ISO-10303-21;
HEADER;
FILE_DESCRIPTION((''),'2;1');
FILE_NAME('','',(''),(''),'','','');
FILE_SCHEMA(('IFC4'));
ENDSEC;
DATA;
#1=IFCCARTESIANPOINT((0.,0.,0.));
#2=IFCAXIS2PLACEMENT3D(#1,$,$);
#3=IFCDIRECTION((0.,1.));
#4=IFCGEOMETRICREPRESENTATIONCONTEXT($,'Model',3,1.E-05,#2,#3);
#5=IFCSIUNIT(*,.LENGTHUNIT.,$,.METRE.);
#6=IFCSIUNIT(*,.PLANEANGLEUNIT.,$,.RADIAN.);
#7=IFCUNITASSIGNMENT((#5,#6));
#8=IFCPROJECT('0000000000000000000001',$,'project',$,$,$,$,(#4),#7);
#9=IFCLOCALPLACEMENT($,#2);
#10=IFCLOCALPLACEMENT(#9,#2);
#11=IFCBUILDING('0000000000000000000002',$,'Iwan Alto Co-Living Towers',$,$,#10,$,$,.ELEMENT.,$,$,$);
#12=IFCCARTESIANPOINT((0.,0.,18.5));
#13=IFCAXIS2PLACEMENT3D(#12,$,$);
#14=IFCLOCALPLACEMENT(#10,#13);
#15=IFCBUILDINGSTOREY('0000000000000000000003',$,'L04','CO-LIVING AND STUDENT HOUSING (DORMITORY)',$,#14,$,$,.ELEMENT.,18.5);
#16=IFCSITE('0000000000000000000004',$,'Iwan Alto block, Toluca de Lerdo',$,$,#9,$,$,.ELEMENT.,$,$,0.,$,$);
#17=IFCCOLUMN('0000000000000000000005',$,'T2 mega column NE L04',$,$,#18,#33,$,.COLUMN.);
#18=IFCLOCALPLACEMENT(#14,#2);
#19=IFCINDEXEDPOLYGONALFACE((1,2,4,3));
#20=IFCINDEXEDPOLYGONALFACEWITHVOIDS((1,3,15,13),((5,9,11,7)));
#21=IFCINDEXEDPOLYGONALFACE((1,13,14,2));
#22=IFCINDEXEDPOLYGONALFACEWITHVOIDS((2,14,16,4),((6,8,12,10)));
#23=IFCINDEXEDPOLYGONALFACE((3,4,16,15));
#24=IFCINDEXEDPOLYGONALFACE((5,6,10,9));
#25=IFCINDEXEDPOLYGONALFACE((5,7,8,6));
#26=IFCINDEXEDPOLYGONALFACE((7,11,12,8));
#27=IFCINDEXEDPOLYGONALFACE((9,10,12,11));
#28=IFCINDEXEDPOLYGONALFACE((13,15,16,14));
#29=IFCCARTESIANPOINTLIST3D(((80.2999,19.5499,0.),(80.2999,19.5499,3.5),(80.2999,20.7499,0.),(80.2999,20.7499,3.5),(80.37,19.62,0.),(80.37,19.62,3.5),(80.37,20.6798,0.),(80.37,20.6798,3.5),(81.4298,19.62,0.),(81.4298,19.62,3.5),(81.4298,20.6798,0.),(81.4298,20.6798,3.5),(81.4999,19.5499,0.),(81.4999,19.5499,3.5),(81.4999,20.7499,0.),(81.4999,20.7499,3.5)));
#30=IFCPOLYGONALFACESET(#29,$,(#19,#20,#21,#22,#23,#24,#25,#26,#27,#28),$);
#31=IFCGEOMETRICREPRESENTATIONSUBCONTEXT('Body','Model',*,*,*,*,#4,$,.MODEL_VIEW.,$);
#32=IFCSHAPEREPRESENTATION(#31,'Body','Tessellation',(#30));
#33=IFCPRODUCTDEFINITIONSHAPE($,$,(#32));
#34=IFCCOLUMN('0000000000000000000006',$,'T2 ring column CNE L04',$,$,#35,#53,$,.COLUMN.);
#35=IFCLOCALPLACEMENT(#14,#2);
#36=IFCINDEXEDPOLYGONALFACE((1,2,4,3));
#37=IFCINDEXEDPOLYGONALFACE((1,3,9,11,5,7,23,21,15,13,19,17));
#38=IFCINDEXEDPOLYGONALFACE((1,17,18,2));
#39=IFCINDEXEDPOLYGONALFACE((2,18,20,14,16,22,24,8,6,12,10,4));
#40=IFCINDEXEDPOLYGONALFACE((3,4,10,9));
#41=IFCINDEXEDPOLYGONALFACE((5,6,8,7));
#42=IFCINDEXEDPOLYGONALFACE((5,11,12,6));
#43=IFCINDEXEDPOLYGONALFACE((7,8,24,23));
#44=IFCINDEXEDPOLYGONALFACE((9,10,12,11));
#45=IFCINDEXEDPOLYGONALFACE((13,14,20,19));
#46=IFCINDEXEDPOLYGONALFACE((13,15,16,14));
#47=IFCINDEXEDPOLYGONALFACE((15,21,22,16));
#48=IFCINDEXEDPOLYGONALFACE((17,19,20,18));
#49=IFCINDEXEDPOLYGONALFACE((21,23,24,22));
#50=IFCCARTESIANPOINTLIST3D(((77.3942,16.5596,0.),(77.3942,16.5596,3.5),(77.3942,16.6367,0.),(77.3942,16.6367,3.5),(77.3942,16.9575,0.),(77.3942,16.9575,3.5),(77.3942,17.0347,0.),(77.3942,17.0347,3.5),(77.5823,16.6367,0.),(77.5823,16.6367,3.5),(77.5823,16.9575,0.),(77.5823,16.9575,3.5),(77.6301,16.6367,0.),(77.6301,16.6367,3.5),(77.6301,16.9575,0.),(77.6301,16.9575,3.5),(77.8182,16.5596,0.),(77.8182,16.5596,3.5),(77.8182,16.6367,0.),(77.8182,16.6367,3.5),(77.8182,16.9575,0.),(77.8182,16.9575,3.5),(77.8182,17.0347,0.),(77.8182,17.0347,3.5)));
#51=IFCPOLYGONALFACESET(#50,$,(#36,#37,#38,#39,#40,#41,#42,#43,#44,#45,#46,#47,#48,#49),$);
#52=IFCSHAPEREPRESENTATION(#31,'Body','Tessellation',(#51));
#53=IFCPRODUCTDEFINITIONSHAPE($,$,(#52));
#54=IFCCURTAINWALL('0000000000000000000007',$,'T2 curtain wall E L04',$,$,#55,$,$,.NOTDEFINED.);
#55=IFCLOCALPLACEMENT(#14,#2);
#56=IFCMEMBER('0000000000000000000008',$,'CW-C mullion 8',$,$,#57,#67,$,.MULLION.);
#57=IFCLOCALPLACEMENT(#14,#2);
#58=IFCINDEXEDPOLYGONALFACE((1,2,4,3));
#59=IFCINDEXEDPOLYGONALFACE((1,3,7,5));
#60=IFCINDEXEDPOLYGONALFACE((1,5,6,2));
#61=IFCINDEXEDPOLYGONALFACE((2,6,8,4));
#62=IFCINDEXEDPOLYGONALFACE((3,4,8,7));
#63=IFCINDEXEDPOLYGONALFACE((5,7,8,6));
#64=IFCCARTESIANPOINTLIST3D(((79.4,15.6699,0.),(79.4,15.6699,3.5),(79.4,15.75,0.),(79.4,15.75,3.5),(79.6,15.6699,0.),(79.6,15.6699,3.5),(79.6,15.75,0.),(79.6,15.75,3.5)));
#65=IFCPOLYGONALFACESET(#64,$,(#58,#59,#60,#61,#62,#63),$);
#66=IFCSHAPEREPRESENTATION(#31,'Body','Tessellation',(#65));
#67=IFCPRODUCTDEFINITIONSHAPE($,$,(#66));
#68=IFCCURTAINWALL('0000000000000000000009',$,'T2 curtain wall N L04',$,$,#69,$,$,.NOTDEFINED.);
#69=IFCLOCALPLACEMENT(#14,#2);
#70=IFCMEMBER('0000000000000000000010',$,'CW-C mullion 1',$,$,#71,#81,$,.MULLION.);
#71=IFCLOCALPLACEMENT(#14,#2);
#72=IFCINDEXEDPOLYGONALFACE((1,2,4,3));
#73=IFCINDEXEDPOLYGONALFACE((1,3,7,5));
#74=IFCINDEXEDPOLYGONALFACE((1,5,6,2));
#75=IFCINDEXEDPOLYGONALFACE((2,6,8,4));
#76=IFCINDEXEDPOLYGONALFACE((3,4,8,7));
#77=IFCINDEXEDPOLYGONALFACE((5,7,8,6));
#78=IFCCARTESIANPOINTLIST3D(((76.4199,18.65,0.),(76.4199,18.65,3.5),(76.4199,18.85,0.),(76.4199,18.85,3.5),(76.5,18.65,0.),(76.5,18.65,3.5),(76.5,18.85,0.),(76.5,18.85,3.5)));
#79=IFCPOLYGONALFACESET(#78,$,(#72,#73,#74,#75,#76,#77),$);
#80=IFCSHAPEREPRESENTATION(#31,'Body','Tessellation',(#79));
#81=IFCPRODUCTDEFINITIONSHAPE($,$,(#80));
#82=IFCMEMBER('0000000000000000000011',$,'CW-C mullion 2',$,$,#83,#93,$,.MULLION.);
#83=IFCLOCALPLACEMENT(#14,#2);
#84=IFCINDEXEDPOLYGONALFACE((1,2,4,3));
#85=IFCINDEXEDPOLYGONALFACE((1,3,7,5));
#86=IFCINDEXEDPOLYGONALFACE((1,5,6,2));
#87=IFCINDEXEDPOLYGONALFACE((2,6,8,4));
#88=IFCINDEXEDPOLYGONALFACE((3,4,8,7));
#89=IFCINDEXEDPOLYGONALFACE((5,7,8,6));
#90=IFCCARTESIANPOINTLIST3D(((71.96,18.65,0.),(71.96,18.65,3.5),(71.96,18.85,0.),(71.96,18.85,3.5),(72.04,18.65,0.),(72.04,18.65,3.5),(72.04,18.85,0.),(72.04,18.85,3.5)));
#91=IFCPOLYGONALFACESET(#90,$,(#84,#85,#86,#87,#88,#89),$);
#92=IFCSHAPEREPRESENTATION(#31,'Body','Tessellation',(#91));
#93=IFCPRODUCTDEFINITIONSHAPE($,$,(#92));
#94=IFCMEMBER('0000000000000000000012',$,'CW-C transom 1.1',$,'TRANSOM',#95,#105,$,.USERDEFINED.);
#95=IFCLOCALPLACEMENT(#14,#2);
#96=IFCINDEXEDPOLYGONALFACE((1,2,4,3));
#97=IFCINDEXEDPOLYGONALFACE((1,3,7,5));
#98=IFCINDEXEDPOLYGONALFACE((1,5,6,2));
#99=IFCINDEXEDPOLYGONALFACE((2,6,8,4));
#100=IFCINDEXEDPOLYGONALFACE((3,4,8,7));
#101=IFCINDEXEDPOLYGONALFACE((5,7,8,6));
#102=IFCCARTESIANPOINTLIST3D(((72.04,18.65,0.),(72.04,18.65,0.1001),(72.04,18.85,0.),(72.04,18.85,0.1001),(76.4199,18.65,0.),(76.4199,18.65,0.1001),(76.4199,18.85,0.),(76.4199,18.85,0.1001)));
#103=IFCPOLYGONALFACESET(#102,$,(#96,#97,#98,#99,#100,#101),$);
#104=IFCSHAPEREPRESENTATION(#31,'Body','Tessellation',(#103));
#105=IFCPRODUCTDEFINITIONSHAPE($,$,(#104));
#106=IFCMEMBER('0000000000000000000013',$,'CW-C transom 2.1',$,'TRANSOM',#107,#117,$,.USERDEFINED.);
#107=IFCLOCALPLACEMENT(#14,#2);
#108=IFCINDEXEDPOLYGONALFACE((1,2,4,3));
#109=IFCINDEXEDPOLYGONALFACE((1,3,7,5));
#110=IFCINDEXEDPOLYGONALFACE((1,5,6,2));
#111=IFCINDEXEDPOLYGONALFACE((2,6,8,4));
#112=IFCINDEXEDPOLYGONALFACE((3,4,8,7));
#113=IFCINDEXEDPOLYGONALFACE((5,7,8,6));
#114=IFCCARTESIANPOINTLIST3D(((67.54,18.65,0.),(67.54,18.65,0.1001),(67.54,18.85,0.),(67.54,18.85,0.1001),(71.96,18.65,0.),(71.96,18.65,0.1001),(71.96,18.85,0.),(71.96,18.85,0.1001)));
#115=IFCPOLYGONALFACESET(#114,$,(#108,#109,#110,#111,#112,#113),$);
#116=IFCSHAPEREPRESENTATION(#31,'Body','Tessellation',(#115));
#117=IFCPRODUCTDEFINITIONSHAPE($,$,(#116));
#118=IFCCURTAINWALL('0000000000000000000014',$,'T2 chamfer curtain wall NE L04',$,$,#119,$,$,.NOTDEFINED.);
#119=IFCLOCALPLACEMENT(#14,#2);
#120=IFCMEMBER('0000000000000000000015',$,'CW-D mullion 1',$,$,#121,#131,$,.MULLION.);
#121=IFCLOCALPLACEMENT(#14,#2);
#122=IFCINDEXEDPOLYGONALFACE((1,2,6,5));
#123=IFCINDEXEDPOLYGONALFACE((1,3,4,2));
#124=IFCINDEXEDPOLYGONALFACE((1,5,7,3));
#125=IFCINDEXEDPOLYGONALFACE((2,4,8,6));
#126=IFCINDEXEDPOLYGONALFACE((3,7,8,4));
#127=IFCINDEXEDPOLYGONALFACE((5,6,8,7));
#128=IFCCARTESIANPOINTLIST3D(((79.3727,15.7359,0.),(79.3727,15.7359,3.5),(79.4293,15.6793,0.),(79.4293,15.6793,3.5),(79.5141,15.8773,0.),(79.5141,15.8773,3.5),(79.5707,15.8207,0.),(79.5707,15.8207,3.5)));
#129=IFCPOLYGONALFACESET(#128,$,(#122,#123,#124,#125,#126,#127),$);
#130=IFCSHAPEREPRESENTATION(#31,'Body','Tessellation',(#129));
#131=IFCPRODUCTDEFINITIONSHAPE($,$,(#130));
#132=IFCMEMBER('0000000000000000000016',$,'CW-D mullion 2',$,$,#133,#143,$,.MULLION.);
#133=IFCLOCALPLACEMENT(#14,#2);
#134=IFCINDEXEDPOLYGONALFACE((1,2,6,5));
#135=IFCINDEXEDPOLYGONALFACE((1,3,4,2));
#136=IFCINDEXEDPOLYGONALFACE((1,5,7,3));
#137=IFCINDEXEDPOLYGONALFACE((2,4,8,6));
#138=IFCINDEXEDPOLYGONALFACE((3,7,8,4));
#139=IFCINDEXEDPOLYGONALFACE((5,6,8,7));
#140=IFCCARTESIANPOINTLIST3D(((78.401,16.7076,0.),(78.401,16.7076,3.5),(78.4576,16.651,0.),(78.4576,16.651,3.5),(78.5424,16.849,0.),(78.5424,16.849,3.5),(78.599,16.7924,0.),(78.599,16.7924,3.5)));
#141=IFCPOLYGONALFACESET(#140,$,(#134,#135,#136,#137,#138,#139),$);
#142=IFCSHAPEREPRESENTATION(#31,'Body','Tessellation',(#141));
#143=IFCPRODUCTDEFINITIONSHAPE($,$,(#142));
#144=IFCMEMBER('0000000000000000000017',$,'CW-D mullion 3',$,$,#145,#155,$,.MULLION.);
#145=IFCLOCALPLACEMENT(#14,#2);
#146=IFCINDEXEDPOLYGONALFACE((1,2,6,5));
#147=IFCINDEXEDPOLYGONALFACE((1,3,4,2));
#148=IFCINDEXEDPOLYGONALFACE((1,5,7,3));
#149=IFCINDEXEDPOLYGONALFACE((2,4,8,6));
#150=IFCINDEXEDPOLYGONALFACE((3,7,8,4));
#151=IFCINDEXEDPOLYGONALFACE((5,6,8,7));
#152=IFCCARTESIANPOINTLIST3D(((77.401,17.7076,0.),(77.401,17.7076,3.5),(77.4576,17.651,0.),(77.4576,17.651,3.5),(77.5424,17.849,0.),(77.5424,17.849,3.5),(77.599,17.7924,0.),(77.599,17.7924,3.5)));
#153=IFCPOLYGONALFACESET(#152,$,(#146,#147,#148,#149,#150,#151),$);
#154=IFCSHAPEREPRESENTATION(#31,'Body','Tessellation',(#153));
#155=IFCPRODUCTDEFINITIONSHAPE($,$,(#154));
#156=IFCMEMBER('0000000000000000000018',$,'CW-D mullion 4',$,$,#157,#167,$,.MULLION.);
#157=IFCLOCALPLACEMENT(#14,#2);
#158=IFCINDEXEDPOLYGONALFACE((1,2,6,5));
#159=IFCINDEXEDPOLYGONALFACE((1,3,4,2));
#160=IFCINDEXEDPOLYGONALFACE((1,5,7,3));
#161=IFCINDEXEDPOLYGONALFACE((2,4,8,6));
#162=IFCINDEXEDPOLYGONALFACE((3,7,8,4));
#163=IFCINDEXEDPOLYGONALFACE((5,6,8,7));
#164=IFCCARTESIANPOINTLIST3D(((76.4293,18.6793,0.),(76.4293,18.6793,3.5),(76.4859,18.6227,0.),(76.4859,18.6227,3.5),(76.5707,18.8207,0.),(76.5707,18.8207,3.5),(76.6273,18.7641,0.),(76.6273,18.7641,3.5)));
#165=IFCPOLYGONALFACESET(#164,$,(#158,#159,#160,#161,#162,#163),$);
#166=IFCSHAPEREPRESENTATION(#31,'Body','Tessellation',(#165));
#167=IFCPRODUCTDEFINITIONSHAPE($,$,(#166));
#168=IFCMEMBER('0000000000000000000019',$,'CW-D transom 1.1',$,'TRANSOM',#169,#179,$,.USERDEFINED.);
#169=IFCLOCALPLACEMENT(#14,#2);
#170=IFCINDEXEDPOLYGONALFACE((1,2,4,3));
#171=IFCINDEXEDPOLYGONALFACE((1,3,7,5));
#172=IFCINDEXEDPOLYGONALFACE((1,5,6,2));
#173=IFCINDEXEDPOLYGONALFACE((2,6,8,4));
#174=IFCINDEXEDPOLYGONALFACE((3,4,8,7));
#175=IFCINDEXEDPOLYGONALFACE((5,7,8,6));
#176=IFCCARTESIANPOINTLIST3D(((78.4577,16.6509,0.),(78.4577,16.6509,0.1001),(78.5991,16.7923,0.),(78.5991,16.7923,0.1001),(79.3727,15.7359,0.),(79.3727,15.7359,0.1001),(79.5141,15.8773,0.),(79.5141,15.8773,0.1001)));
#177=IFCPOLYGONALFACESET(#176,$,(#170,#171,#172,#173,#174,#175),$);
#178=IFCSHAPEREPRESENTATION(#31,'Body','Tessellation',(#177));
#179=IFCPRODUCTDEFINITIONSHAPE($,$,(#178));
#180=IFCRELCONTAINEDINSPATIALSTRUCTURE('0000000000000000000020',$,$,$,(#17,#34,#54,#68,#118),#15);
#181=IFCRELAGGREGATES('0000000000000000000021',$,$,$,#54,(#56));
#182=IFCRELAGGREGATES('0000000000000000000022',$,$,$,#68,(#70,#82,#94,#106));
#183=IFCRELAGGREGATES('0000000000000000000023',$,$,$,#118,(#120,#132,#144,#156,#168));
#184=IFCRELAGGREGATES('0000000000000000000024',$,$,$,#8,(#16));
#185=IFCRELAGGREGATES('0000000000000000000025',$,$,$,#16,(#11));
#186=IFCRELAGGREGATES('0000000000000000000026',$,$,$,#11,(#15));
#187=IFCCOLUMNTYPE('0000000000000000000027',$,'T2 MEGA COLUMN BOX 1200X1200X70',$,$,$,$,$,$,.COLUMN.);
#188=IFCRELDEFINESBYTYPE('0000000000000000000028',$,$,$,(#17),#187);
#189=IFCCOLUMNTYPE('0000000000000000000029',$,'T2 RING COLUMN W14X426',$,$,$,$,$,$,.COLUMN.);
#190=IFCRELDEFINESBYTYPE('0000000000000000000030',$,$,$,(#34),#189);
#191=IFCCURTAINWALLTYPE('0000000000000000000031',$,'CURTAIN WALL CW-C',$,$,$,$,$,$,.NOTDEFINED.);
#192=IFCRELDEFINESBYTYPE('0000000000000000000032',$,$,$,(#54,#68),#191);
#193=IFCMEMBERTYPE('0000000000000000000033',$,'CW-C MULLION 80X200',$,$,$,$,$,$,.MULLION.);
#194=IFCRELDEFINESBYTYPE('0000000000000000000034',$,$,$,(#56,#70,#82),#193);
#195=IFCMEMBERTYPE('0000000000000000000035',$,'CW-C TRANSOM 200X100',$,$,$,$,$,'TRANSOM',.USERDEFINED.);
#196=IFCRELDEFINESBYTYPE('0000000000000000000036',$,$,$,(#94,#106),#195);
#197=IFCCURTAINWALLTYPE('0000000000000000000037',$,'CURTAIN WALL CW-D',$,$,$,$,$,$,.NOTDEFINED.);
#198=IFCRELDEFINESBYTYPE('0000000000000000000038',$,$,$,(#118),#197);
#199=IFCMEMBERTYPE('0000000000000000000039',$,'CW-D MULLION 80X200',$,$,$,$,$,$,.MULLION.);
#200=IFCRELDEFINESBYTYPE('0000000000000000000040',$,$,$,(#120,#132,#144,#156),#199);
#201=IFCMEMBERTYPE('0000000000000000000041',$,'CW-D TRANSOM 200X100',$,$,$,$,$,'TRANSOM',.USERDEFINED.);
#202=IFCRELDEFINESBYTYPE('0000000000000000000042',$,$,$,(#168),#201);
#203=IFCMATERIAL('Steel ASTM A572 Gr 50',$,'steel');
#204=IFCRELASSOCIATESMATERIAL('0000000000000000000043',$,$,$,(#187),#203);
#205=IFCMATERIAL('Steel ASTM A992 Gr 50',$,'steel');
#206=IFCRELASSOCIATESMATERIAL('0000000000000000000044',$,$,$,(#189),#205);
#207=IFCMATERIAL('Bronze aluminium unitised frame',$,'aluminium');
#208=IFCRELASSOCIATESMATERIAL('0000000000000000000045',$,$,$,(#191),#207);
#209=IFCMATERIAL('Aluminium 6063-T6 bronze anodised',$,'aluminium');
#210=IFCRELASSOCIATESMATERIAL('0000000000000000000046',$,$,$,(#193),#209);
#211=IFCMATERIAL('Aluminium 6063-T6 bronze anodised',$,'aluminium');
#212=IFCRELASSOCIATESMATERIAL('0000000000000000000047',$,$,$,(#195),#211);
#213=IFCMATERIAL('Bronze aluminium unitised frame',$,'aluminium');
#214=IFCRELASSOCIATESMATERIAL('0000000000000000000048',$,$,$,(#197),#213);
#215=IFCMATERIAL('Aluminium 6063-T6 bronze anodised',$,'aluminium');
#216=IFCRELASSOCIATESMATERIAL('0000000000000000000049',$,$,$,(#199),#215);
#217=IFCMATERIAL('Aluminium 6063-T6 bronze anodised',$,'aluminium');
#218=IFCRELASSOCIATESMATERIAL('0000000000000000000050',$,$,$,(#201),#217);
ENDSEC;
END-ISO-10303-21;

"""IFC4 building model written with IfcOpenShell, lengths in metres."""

from ifc_helpers import new_model, si_unit, direction, frame, origin, origin_2d, place, context, subcontext, project, spatial, rectangle, hollow_rectangle, i_section, extrude, material, material_profile, profile_set, type_object, element, aggregate, save


model = new_model("IFC4")

# Units and contexts
model_context = context("Model", 3, precision=1e-05, world=origin(), true_north=direction((0.0, 1.0)))
body_context = subcontext(model_context, "Body", "Model", "MODEL_VIEW")
ifc_project = project(units=[si_unit("LENGTHUNIT", "METRE"), si_unit("PLANEANGLEUNIT", "RADIAN")], contexts=[model_context])

# Site, building, storey
site_placement = place(None, origin())
site = spatial("IfcSite", under=ifc_project, at=site_placement, Name="Iwan Alto block, Toluca de Lerdo", CompositionType="ELEMENT", RefElevation=0.0)
building_placement = place(site_placement, origin())
building = spatial("IfcBuilding", under=site, at=building_placement, Name="Iwan Alto Co-Living Towers", CompositionType="ELEMENT")
storey_placement = place(building_placement, frame((0.0, 0.0, 18.5)))
storey = spatial("IfcBuildingStorey", under=building, at=storey_placement, Name="L04", Description="CO-LIVING AND STUDENT HOUSING (DORMITORY)", CompositionType="ELEMENT", Elevation=18.5)

# Columns
ifc_material_1 = material(Name="Steel ASTM A572 Gr 50", Category="steel")
ifc_material_profile_1 = material_profile(ifc_material_1, hollow_rectangle(XDim=1.2, YDim=1.2, WallThickness=0.0701, at=origin_2d()), Name="BOX 1200X1200X70")
ifc_profile_set_1 = profile_set([ifc_material_profile_1], Name="Steel ASTM A572 Gr 50")
column_type_1 = type_object("IfcColumnType", Name="T2 MEGA COLUMN BOX 1200X1200X70", PredefinedType="COLUMN", material=ifc_profile_set_1)
column_1_placement = place(storey_placement, frame((80.8999, 20.1499, 0.0), z_axis=(0.0, 0.0, 1.0), x_axis=(1.0, 0.0, 0.0)))
element("IfcColumn", 1, at=column_1_placement, inside=storey, type_object=column_type_1, Name="T2 mega column NE L04", PredefinedType="COLUMN", context=body_context, shape_type="SweptSolid", body=[
    extrude(hollow_rectangle(XDim=1.2, YDim=1.2, WallThickness=0.0701, at=origin_2d()), origin(), (0.0, 0.0, 1.0), 3.5),
])
ifc_material_2 = material(Name="Steel ASTM A992 Gr 50", Category="steel")
ifc_material_profile_2 = material_profile(ifc_material_2, i_section(OverallWidth=0.4241, OverallDepth=0.4751, WebThickness=0.0479, FlangeThickness=0.0771, at=origin_2d()), Name="W14X426")
ifc_profile_set_2 = profile_set([ifc_material_profile_2], Name="Steel ASTM A992 Gr 50")
column_type_2 = type_object("IfcColumnType", Name="T2 RING COLUMN W14X426", PredefinedType="COLUMN", material=ifc_profile_set_2)
column_2_placement = place(storey_placement, frame((77.6062, 16.7971, 0.0), z_axis=(0.0, 0.0, 1.0), x_axis=(1.0, 0.0, 0.0)))
element("IfcColumn", 2, at=column_2_placement, inside=storey, type_object=column_type_2, Name="T2 ring column CNE L04", PredefinedType="COLUMN", context=body_context, shape_type="SweptSolid", body=[
    extrude(i_section(OverallWidth=0.4241, OverallDepth=0.4751, WebThickness=0.0479, FlangeThickness=0.0771, at=origin_2d()), origin(), (0.0, 0.0, 1.0), 3.5),
])

# Curtain wall, member
ifc_material_3 = material(Name="Bronze aluminium unitised frame", Category="aluminium")
curtain_wall_type_1 = type_object("IfcCurtainWallType", Name="CURTAIN WALL CW-C", PredefinedType="NOTDEFINED", material=ifc_material_3)
curtain_wall_1_placement = place(storey_placement, origin())
curtain_wall_1 = element("IfcCurtainWall", 3, at=curtain_wall_1_placement, inside=storey, type_object=curtain_wall_type_1, Name="T2 curtain wall E L04", PredefinedType="NOTDEFINED")
ifc_material_4 = material(Name="Aluminium 6063-T6 bronze anodised", Category="aluminium")
ifc_material_profile_3 = material_profile(ifc_material_4, rectangle(XDim=0.2, YDim=0.0801, at=origin_2d()), Name="AL 80X200")
ifc_profile_set_3 = profile_set([ifc_material_profile_3], Name="Aluminium 6063-T6 bronze anodised")
member_type_1 = type_object("IfcMemberType", Name="CW-C MULLION 80X200", PredefinedType="MULLION", material=ifc_profile_set_3)
member_1_placement = place(storey_placement, frame((79.5, 15.71, 0.0), z_axis=(0.0, 0.0, 1.0), x_axis=(-1.0, 0.0, 0.0)))
member_1 = element("IfcMember", 4, at=member_1_placement, type_object=member_type_1, Name="CW-C mullion 8", PredefinedType="MULLION", context=body_context, shape_type="SweptSolid", body=[
    extrude(rectangle(XDim=0.2, YDim=0.0801, at=origin_2d()), origin(), (0.0, 0.0, 1.0), 3.5),
])
aggregate(curtain_wall_1, [member_1])

# Curtain walls, members
curtain_wall_2_placement = place(storey_placement, origin())
curtain_wall_2 = element("IfcCurtainWall", 5, at=curtain_wall_2_placement, inside=storey, type_object=curtain_wall_type_1, Name="T2 curtain wall N L04", PredefinedType="NOTDEFINED")
member_2_placement = place(storey_placement, frame((76.46, 18.75, 0.0), z_axis=(0.0, 0.0, 1.0), x_axis=(0.0, -1.0, 0.0)))
member_2 = element("IfcMember", 6, at=member_2_placement, type_object=member_type_1, Name="CW-C mullion 1", PredefinedType="MULLION", context=body_context, shape_type="SweptSolid", body=[
    extrude(rectangle(XDim=0.2, YDim=0.0801, at=origin_2d()), origin(), (0.0, 0.0, 1.0), 3.5),
])
member_3_placement = place(storey_placement, frame((72.0, 18.75, 0.0), z_axis=(0.0, 0.0, 1.0), x_axis=(0.0, -1.0, 0.0)))
member_3 = element("IfcMember", 7, at=member_3_placement, type_object=member_type_1, Name="CW-C mullion 2", PredefinedType="MULLION", context=body_context, shape_type="SweptSolid", body=[
    extrude(rectangle(XDim=0.2, YDim=0.0801, at=origin_2d()), origin(), (0.0, 0.0, 1.0), 3.5),
])
ifc_material_5 = material(Name="Aluminium 6063-T6 bronze anodised", Category="aluminium")
ifc_material_profile_4 = material_profile(ifc_material_5, rectangle(XDim=0.2, YDim=0.1001, at=origin_2d()), Name="AL 200X100")
ifc_profile_set_4 = profile_set([ifc_material_profile_4], Name="Aluminium 6063-T6 bronze anodised")
member_type_2 = type_object("IfcMemberType", Name="CW-C TRANSOM 200X100", ElementType="TRANSOM", PredefinedType="USERDEFINED", material=ifc_profile_set_4)
member_4_placement = place(storey_placement, frame((76.4199, 18.75, 0.05), z_axis=(-1.0, 0.0, 0.0), x_axis=(0.0, -1.0, 0.0)))
member_4 = element("IfcMember", 8, at=member_4_placement, type_object=member_type_2, Name="CW-C transom 1.1", ObjectType="TRANSOM", PredefinedType="USERDEFINED", context=body_context, shape_type="SweptSolid", body=[
    extrude(rectangle(XDim=0.2, YDim=0.1001, at=origin_2d()), origin(), (0.0, 0.0, 1.0), 4.3799),
])
member_5_placement = place(storey_placement, frame((71.96, 18.75, 0.05), z_axis=(-1.0, 0.0, 0.0), x_axis=(0.0, -1.0, 0.0)))
member_5 = element("IfcMember", 9, at=member_5_placement, type_object=member_type_2, Name="CW-C transom 2.1", ObjectType="TRANSOM", PredefinedType="USERDEFINED", context=body_context, shape_type="SweptSolid", body=[
    extrude(rectangle(XDim=0.2, YDim=0.1001, at=origin_2d()), origin(), (0.0, 0.0, 1.0), 4.4199),
])
ifc_material_6 = material(Name="Bronze aluminium unitised frame", Category="aluminium")
curtain_wall_type_2 = type_object("IfcCurtainWallType", Name="CURTAIN WALL CW-D", PredefinedType="NOTDEFINED", material=ifc_material_6)
curtain_wall_3_placement = place(storey_placement, origin())
curtain_wall_3 = element("IfcCurtainWall", 10, at=curtain_wall_3_placement, inside=storey, type_object=curtain_wall_type_2, Name="T2 chamfer curtain wall NE L04", PredefinedType="NOTDEFINED")
ifc_material_7 = material(Name="Aluminium 6063-T6 bronze anodised", Category="aluminium")
ifc_material_profile_5 = material_profile(ifc_material_7, rectangle(XDim=0.2, YDim=0.0801, at=origin_2d()), Name="AL 80X200")
ifc_profile_set_5 = profile_set([ifc_material_profile_5], Name="Aluminium 6063-T6 bronze anodised")
member_type_3 = type_object("IfcMemberType", Name="CW-D MULLION 80X200", PredefinedType="MULLION", material=ifc_profile_set_5)
member_6_placement = place(storey_placement, frame((79.4717, 15.7783, 0.0), z_axis=(0.0, 0.0, 1.0), x_axis=(-0.707107, -0.707107, 0.0)))
member_6 = element("IfcMember", 11, at=member_6_placement, type_object=member_type_3, Name="CW-D mullion 1", PredefinedType="MULLION", context=body_context, shape_type="SweptSolid", body=[
    extrude(rectangle(XDim=0.2, YDim=0.0801, at=origin_2d()), origin(), (0.0, 0.0, 1.0), 3.5),
])
member_7_placement = place(storey_placement, frame((78.5, 16.75, 0.0), z_axis=(0.0, 0.0, 1.0), x_axis=(-0.707107, -0.707107, 0.0)))
member_7 = element("IfcMember", 12, at=member_7_placement, type_object=member_type_3, Name="CW-D mullion 2", PredefinedType="MULLION", context=body_context, shape_type="SweptSolid", body=[
    extrude(rectangle(XDim=0.2, YDim=0.0801, at=origin_2d()), origin(), (0.0, 0.0, 1.0), 3.5),
])
member_8_placement = place(storey_placement, frame((77.5, 17.75, 0.0), z_axis=(0.0, 0.0, 1.0), x_axis=(-0.707107, -0.707107, 0.0)))
member_8 = element("IfcMember", 13, at=member_8_placement, type_object=member_type_3, Name="CW-D mullion 3", PredefinedType="MULLION", context=body_context, shape_type="SweptSolid", body=[
    extrude(rectangle(XDim=0.2, YDim=0.0801, at=origin_2d()), origin(), (0.0, 0.0, 1.0), 3.5),
])
member_9_placement = place(storey_placement, frame((76.5283, 18.7217, 0.0), z_axis=(0.0, 0.0, 1.0), x_axis=(-0.707107, -0.707107, 0.0)))
member_9 = element("IfcMember", 14, at=member_9_placement, type_object=member_type_3, Name="CW-D mullion 4", PredefinedType="MULLION", context=body_context, shape_type="SweptSolid", body=[
    extrude(rectangle(XDim=0.2, YDim=0.0801, at=origin_2d()), origin(), (0.0, 0.0, 1.0), 3.5),
])
ifc_material_8 = material(Name="Aluminium 6063-T6 bronze anodised", Category="aluminium")
ifc_material_profile_6 = material_profile(ifc_material_8, rectangle(XDim=0.2, YDim=0.1001, at=origin_2d()), Name="AL 200X100")
ifc_profile_set_6 = profile_set([ifc_material_profile_6], Name="Aluminium 6063-T6 bronze anodised")
member_type_4 = type_object("IfcMemberType", Name="CW-D TRANSOM 200X100", ElementType="TRANSOM", PredefinedType="USERDEFINED", material=ifc_profile_set_6)
member_10_placement = place(storey_placement, frame((79.4434, 15.8066, 0.05), z_axis=(-0.707107, 0.707107, 0.0), x_axis=(-0.707107, -0.707107, 0.0)))
member_10 = element("IfcMember", 15, at=member_10_placement, type_object=member_type_4, Name="CW-D transom 1.1", ObjectType="TRANSOM", PredefinedType="USERDEFINED", context=body_context, shape_type="SweptSolid", body=[
    extrude(rectangle(XDim=0.2, YDim=0.1001, at=origin_2d()), origin(), (0.0, 0.0, 1.0), 1.2939),
])

aggregate(curtain_wall_2, [member_2, member_3, member_4, member_5])
aggregate(curtain_wall_3, [member_6, member_7, member_8, member_9, member_10])

save(model, "model.ifc")
